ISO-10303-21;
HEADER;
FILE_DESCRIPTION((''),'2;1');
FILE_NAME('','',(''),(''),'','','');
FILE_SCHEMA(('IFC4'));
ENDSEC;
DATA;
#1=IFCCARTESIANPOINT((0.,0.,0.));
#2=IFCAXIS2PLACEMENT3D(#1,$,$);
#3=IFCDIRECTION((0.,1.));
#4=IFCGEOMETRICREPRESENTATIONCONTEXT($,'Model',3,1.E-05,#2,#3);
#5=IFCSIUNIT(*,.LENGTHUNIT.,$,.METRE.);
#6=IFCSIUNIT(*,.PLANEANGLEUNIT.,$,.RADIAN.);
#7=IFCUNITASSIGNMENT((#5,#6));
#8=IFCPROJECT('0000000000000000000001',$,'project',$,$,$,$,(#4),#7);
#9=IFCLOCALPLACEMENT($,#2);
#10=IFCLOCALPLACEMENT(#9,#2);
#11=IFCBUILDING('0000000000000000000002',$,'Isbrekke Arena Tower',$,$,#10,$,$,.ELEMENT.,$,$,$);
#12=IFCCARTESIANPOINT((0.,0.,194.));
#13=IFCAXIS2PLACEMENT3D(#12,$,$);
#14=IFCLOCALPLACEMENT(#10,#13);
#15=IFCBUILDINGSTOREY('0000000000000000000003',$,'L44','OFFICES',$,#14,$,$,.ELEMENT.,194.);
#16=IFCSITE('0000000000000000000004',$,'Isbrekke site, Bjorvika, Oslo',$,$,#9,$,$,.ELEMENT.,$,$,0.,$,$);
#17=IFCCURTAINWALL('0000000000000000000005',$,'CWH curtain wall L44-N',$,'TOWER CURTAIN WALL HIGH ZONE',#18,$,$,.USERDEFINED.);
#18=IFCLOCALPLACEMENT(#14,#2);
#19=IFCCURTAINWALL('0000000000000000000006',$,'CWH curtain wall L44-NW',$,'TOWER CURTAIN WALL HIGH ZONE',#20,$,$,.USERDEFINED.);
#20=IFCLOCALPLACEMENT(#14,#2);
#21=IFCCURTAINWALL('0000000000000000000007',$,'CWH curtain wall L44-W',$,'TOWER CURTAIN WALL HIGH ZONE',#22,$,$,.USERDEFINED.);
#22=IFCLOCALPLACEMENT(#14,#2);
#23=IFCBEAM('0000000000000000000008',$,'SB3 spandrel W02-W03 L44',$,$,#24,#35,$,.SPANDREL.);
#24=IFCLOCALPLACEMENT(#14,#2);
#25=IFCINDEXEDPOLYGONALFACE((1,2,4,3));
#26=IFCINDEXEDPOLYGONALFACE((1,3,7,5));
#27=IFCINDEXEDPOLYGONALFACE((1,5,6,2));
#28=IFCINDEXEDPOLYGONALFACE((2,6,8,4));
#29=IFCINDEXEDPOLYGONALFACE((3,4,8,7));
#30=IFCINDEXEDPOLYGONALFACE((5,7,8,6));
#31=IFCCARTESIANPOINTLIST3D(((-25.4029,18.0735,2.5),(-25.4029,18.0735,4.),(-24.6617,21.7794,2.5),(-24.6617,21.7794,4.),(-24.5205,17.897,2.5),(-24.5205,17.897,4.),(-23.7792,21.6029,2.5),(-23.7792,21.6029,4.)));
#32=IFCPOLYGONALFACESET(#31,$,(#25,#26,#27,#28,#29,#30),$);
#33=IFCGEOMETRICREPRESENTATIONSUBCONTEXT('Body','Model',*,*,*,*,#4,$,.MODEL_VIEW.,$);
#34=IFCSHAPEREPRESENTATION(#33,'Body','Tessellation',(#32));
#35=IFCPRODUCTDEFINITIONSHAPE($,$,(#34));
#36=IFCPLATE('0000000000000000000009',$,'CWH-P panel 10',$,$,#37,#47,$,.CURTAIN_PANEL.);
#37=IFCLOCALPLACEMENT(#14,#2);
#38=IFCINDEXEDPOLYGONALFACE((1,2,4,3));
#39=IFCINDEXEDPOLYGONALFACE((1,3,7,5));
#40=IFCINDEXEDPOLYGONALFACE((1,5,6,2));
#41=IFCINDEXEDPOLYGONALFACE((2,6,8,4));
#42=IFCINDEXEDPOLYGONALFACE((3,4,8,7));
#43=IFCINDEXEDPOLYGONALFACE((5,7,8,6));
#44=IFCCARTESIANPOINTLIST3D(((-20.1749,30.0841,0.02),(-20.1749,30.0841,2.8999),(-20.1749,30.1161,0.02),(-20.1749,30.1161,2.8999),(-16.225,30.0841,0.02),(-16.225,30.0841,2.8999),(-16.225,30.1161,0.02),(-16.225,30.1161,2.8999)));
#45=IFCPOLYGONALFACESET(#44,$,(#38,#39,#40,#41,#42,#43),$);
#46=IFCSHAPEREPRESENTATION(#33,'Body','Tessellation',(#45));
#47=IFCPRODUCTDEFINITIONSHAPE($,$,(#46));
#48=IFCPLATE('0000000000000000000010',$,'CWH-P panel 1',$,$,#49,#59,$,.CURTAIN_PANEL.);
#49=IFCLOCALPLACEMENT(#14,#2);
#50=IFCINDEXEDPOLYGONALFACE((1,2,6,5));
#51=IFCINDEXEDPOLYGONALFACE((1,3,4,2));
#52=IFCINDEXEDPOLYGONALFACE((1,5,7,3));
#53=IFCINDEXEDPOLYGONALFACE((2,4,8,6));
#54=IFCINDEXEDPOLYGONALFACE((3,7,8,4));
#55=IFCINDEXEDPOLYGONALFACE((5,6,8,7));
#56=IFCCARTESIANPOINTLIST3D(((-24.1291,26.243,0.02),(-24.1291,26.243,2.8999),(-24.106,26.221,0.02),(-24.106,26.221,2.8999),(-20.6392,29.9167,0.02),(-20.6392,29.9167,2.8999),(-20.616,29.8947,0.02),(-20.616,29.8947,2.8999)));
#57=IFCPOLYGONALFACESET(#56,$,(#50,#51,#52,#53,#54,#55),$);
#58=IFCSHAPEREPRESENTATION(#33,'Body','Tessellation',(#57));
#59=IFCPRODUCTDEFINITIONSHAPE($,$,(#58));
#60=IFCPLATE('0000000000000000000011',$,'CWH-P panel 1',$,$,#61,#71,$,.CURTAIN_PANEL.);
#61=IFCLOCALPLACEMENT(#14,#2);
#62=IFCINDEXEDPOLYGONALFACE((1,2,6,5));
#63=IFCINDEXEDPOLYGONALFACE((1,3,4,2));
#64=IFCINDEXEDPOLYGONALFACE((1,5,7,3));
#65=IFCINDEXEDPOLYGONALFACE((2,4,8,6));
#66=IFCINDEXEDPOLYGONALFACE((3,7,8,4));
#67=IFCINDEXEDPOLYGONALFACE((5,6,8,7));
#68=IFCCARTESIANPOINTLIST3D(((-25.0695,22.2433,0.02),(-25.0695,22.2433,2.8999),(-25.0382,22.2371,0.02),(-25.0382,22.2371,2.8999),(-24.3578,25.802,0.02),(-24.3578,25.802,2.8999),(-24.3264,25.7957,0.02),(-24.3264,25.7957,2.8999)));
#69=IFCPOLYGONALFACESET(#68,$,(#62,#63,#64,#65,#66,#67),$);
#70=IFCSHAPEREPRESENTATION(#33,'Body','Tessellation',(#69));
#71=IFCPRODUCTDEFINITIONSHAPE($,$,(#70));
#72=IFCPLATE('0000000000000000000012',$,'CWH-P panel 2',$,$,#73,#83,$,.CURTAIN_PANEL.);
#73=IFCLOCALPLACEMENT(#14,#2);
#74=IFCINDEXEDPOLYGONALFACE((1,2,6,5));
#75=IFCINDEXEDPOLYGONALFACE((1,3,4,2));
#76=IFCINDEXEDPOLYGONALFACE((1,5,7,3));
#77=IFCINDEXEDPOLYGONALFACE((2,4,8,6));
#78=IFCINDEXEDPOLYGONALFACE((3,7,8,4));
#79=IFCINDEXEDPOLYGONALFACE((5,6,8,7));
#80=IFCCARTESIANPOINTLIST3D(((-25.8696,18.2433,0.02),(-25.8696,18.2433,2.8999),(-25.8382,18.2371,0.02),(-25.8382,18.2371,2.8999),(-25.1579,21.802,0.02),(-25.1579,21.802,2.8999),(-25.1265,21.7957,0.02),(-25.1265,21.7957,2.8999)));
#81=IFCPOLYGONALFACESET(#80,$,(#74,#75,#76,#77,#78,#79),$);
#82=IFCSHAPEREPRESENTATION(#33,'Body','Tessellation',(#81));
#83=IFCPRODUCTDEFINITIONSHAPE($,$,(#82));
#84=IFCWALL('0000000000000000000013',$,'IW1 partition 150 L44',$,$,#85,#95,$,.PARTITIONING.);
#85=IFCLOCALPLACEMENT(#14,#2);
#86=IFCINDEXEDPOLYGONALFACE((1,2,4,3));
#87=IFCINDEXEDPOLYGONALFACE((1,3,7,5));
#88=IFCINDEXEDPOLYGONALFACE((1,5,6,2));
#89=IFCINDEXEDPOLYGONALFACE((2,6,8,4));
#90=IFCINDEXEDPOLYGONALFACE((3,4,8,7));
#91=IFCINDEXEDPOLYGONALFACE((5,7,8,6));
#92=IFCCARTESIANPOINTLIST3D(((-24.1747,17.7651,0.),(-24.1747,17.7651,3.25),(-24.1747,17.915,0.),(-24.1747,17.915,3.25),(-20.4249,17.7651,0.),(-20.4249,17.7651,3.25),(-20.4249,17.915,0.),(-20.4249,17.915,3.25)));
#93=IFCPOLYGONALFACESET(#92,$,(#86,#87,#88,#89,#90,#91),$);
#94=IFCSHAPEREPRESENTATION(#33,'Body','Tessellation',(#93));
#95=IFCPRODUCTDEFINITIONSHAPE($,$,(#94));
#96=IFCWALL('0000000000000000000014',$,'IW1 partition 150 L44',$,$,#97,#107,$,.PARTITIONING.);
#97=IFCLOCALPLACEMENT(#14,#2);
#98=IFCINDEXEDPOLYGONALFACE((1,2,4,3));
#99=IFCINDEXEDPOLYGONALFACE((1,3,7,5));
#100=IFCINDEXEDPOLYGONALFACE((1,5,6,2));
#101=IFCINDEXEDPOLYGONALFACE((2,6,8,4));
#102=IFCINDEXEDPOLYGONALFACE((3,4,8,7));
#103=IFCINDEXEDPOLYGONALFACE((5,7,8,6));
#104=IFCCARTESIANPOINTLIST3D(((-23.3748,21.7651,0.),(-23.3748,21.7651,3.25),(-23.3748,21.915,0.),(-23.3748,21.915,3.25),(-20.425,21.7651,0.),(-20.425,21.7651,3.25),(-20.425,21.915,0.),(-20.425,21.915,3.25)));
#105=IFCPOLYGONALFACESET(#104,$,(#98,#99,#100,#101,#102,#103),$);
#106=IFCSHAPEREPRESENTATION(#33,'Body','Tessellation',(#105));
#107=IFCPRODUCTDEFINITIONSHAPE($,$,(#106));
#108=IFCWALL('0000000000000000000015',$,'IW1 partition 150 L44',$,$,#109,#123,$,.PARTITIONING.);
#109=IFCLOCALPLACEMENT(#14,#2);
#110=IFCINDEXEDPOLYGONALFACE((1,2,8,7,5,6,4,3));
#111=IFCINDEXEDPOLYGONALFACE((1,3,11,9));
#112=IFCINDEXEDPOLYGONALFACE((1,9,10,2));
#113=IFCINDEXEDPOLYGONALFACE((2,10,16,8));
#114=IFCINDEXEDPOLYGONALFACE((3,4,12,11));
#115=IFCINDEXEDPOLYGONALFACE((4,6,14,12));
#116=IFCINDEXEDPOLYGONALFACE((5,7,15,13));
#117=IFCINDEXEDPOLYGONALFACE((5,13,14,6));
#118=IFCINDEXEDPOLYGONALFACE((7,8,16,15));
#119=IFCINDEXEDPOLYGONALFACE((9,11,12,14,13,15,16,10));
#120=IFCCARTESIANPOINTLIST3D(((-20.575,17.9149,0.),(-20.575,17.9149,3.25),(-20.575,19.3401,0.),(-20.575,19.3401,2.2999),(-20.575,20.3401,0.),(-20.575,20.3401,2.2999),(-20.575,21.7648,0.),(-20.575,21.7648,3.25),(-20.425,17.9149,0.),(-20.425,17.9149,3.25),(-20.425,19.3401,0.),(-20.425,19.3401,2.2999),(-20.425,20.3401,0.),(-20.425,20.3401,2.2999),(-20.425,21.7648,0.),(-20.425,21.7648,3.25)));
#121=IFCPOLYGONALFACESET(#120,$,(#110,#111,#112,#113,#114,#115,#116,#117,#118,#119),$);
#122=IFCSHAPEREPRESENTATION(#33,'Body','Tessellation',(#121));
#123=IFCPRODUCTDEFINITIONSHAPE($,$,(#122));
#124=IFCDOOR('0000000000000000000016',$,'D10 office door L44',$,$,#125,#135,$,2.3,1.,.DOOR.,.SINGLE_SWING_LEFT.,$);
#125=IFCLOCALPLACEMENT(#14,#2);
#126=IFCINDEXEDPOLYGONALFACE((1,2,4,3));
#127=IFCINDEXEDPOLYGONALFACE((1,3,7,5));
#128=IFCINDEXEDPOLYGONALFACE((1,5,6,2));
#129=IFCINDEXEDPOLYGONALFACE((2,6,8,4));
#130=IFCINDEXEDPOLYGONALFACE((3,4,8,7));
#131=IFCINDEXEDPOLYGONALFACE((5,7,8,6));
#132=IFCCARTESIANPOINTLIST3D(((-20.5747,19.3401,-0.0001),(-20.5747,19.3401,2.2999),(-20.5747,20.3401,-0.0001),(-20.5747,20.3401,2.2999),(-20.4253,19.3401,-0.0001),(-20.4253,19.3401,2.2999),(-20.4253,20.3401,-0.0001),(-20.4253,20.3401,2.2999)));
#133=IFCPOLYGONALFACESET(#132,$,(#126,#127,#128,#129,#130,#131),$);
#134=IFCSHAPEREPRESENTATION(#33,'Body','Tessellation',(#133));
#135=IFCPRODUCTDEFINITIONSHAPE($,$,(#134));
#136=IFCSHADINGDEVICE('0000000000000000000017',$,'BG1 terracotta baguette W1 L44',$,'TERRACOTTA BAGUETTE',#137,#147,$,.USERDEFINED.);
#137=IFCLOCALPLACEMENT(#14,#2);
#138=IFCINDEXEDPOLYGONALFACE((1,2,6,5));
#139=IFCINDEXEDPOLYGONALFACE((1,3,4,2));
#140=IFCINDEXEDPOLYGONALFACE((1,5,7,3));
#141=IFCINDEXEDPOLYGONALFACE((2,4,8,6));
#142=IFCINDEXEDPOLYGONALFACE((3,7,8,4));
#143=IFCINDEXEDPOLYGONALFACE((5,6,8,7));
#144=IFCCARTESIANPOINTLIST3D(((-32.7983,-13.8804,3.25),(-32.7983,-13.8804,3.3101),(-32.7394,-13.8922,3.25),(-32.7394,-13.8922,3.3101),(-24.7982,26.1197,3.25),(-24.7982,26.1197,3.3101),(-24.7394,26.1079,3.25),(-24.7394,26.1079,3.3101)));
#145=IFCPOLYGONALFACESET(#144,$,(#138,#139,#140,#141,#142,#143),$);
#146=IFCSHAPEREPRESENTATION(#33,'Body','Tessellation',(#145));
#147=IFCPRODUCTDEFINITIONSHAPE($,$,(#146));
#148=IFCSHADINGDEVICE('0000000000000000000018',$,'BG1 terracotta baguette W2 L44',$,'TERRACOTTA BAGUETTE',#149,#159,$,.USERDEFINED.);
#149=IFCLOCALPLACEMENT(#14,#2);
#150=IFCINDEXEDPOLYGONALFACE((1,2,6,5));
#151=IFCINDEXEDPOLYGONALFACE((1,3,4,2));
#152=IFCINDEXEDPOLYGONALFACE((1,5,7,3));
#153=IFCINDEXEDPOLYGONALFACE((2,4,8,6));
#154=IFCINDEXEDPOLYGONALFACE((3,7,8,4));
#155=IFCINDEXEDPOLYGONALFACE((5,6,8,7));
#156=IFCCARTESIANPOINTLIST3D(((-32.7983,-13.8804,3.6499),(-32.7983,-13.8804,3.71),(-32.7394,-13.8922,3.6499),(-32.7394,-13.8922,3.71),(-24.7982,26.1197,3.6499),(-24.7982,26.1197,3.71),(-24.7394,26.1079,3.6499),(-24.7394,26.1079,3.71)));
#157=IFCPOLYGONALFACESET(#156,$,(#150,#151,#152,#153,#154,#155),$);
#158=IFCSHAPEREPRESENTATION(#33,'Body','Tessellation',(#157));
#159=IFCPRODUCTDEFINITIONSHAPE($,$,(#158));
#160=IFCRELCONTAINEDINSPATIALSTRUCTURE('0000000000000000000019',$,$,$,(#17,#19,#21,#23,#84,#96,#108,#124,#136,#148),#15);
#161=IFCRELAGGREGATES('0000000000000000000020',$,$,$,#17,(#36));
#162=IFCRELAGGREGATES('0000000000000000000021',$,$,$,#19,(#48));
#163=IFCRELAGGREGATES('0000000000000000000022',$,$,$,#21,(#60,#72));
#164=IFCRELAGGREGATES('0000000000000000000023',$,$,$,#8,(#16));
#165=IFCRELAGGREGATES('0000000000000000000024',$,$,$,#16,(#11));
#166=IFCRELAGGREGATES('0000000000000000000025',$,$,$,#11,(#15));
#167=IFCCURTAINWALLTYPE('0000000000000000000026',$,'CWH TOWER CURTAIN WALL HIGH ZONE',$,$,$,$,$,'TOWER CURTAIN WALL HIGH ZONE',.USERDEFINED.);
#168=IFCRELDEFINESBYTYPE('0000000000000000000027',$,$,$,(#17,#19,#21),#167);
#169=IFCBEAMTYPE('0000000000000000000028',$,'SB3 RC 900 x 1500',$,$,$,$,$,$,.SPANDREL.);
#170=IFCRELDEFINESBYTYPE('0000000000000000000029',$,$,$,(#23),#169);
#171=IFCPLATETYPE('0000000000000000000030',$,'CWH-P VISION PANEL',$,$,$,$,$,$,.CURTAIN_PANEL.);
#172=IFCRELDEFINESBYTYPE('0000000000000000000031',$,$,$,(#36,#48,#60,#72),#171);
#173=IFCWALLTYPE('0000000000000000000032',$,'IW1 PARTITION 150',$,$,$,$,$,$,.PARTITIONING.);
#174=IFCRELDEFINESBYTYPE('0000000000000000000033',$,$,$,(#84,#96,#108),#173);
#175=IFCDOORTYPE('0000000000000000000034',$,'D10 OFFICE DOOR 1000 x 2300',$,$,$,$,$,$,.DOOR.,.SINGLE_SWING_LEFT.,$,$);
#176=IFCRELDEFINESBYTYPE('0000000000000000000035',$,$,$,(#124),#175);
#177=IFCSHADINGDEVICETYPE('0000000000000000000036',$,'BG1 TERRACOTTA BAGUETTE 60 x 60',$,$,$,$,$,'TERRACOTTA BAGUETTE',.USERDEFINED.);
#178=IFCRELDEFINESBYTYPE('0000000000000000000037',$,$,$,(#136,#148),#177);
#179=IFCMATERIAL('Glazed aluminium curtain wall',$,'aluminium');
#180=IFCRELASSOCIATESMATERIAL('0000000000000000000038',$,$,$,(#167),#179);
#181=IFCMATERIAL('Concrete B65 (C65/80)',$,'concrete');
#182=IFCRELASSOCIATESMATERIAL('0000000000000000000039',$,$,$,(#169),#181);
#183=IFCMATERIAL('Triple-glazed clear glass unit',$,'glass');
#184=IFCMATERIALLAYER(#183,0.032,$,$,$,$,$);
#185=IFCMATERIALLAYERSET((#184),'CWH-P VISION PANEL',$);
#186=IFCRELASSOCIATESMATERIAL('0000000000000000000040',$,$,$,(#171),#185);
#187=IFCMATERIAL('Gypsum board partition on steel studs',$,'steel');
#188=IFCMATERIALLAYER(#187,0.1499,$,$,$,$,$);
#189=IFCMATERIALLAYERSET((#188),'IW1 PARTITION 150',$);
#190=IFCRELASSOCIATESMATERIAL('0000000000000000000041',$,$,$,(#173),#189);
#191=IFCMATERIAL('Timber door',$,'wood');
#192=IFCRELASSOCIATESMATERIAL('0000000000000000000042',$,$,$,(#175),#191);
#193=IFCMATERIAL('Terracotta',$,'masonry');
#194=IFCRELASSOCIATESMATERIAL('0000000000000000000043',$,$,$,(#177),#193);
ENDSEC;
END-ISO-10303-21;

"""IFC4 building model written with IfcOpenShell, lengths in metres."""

from ifc_helpers import new_model, si_unit, direction, frame, frame_2d, origin, origin_2d, place, context, subcontext, project, spatial, rectangle, extrude, material, layer, layer_set, material_profile, profile_set, type_object, element, fill, aggregate, save


model = new_model("IFC4")

# Units and contexts
model_context = context("Model", 3, precision=1e-05, world=origin(), true_north=direction((0.0, 1.0)))
body_context = subcontext(model_context, "Body", "Model", "MODEL_VIEW")
ifc_project = project(units=[si_unit("LENGTHUNIT", "METRE"), si_unit("PLANEANGLEUNIT", "RADIAN")], contexts=[model_context])

# Site, building, storey
site_placement = place(None, origin())
site = spatial("IfcSite", under=ifc_project, at=site_placement, Name="Isbrekke site, Bjorvika, Oslo", CompositionType="ELEMENT", RefElevation=0.0)
building_placement = place(site_placement, origin())
building = spatial("IfcBuilding", under=site, at=building_placement, Name="Isbrekke Arena Tower", CompositionType="ELEMENT")
storey_placement = place(building_placement, frame((0.0, 0.0, 194.0)))
storey = spatial("IfcBuildingStorey", under=building, at=storey_placement, Name="L44", Description="OFFICES", CompositionType="ELEMENT", Elevation=194.0)

# Curtain walls
ifc_material_1 = material(Name="Glazed aluminium curtain wall", Category="aluminium")
curtain_wall_type = type_object("IfcCurtainWallType", Name="CWH TOWER CURTAIN WALL HIGH ZONE", ElementType="TOWER CURTAIN WALL HIGH ZONE", PredefinedType="USERDEFINED", material=ifc_material_1)
curtain_wall_1_placement = place(storey_placement, origin())
curtain_wall_1 = element("IfcCurtainWall", 1, at=curtain_wall_1_placement, inside=storey, type_object=curtain_wall_type, Name="CWH curtain wall L44-N", ObjectType="TOWER CURTAIN WALL HIGH ZONE", PredefinedType="USERDEFINED")
curtain_wall_2_placement = place(storey_placement, origin())
curtain_wall_2 = element("IfcCurtainWall", 2, at=curtain_wall_2_placement, inside=storey, type_object=curtain_wall_type, Name="CWH curtain wall L44-NW", ObjectType="TOWER CURTAIN WALL HIGH ZONE", PredefinedType="USERDEFINED")

# Curtain wall
curtain_wall_3_placement = place(storey_placement, origin())
curtain_wall_3 = element("IfcCurtainWall", 3, at=curtain_wall_3_placement, inside=storey, type_object=curtain_wall_type, Name="CWH curtain wall L44-W", ObjectType="TOWER CURTAIN WALL HIGH ZONE", PredefinedType="USERDEFINED")

# Beam
ifc_material_2 = material(Name="Concrete B65 (C65/80)", Category="concrete")
ifc_material_profile_1 = material_profile(ifc_material_2, rectangle(XDim=0.8999, YDim=1.5, at=origin_2d()), Name="RC 900x1500")
ifc_profile_set_1 = profile_set([ifc_material_profile_1], Name="Concrete B65 (C65/80)")
beam_type_1 = type_object("IfcBeamType", Name="SB3 RC 900 x 1500", PredefinedType="SPANDREL", material=ifc_profile_set_1)
beam_1_placement = place(storey_placement, frame((-24.2205, 21.6912, 3.25), z_axis=(-0.196129, -0.980578, 0.0), x_axis=(0.980578, -0.196129, 0.0)))
element("IfcBeam", 4, at=beam_1_placement, inside=storey, type_object=beam_type_1, Name="SB3 spandrel W02-W03 L44", PredefinedType="SPANDREL", context=body_context, shape_type="SweptSolid", body=[
    extrude(rectangle(XDim=0.8999, YDim=1.5, at=origin_2d()), origin(), (0.0, 0.0, 1.0), 3.7793),
])

# Plates
ifc_material_3 = material(Name="Triple-glazed clear glass unit", Category="glass")
ifc_layer_1 = layer(ifc_material_3, 0.032)
ifc_layer_set_1 = layer_set([ifc_layer_1], Name="CWH-P VISION PANEL")
plate_type = type_object("IfcPlateType", Name="CWH-P VISION PANEL", PredefinedType="CURTAIN_PANEL", material=ifc_layer_set_1)
plate_1_placement = place(storey_placement, frame((-18.2, 30.1001, 0.02), z_axis=(0.0, 0.0, 1.0), x_axis=(-1.0, 0.0, 0.0)))
plate_1 = element("IfcPlate", 5, at=plate_1_placement, type_object=plate_type, Name="CWH-P panel 10", PredefinedType="CURTAIN_PANEL", context=body_context, shape_type="SweptSolid", body=[
    extrude(rectangle(XDim=3.95, YDim=0.032, at=origin_2d()), origin(), (0.0, 0.0, 1.0), 2.8799),
])
aggregate(curtain_wall_1, [plate_1])
plate_2_placement = place(storey_placement, frame((-22.3726, 28.0688, 0.02), z_axis=(0.0, 0.0, 1.0), x_axis=(-0.688749, -0.724999, 0.0)))
plate_2 = element("IfcPlate", 6, at=plate_2_placement, type_object=plate_type, Name="CWH-P panel 1", PredefinedType="CURTAIN_PANEL", context=body_context, shape_type="SweptSolid", body=[
    extrude(rectangle(XDim=5.0671, YDim=0.032, at=origin_2d()), origin(), (0.0, 0.0, 1.0), 2.8799),
])
aggregate(curtain_wall_2, [plate_2])
plate_3_placement = place(storey_placement, frame((-24.698, 24.0195, 0.02), z_axis=(0.0, 0.0, 1.0), x_axis=(-0.196116, -0.980581, 0.0)))
plate_3 = element("IfcPlate", 7, at=plate_3_placement, type_object=plate_type, Name="CWH-P panel 1", PredefinedType="CURTAIN_PANEL", context=body_context, shape_type="SweptSolid", body=[
    extrude(rectangle(XDim=3.6292, YDim=0.032, at=origin_2d()), origin(), (0.0, 0.0, 1.0), 2.8799),
])
plate_4_placement = place(storey_placement, frame((-25.498, 20.0195, 0.02), z_axis=(0.0, 0.0, 1.0), x_axis=(-0.196116, -0.980581, 0.0)))
plate_4 = element("IfcPlate", 8, at=plate_4_placement, type_object=plate_type, Name="CWH-P panel 2", PredefinedType="CURTAIN_PANEL", context=body_context, shape_type="SweptSolid", body=[
    extrude(rectangle(XDim=3.6292, YDim=0.032, at=origin_2d()), origin(), (0.0, 0.0, 1.0), 2.8799),
])
aggregate(curtain_wall_3, [plate_3, plate_4])

# Walls
ifc_material_4 = material(Name="Gypsum board partition on steel studs", Category="steel")
ifc_layer_2 = layer(ifc_material_4, 0.1499)
ifc_layer_set_2 = layer_set([ifc_layer_2], Name="IW1 PARTITION 150")
wall_type = type_object("IfcWallType", Name="IW1 PARTITION 150", PredefinedType="PARTITIONING", material=ifc_layer_set_2)
wall_1_placement = place(storey_placement, frame((-24.1748, 17.8401, 0.0), z_axis=(0.0, 0.0, 1.0), x_axis=(1.0, 0.0, 0.0)))
element("IfcWall", 9, at=wall_1_placement, inside=storey, type_object=wall_type, Name="IW1 partition 150 L44", PredefinedType="PARTITIONING", context=body_context, shape_type="SweptSolid", body=[
    extrude(rectangle(XDim=3.7498, YDim=0.1499, at=frame_2d((1.875, 0.0))), origin(), (0.0, 0.0, 1.0), 3.25),
])
wall_2_placement = place(storey_placement, frame((-23.3748, 21.8401, 0.0), z_axis=(0.0, 0.0, 1.0), x_axis=(1.0, 0.0, 0.0)))
element("IfcWall", 10, at=wall_2_placement, inside=storey, type_object=wall_type, Name="IW1 partition 150 L44", PredefinedType="PARTITIONING", context=body_context, shape_type="SweptSolid", body=[
    extrude(rectangle(XDim=2.9497, YDim=0.1499, at=frame_2d((1.4749, 0.0))), origin(), (0.0, 0.0, 1.0), 3.25),
])

# Wall, opening, door
wall_3_placement = place(storey_placement, frame((-20.5, 17.915, 0.0), z_axis=(0.0, 0.0, 1.0), x_axis=(0.0, 1.0, 0.0)))
wall_3 = element("IfcWall", 11, at=wall_3_placement, inside=storey, type_object=wall_type, Name="IW1 partition 150 L44", PredefinedType="PARTITIONING", context=body_context, shape_type="SweptSolid", body=[
    extrude(rectangle(XDim=3.8499, YDim=0.1499, at=frame_2d((1.9248, 0.0))), origin(), (0.0, 0.0, 1.0), 3.25),
])
opening_placement = place(wall_3_placement, frame((1.425, 0.0, 0.0)))
opening = element("IfcOpeningElement", 12, at=opening_placement, cuts=wall_3, PredefinedType="OPENING", context=body_context, shape_type="SweptSolid", body=[
    extrude(rectangle(XDim=1.0, YDim=2.3, at=frame_2d((0.5, 1.1499))), frame((0.0, 0.0898, 0.0), z_axis=(0.0, -1.0, 0.0), x_axis=(1.0, 0.0, 0.0)), (0.0, 0.0, 1.0), 0.1797),
])
ifc_material_5 = material(Name="Timber door", Category="wood")
door_type = type_object("IfcDoorType", Name="D10 OFFICE DOOR 1000 x 2300", OperationType="SINGLE_SWING_LEFT", PredefinedType="DOOR", material=ifc_material_5)
door_placement = place(opening_placement, origin())
door = element("IfcDoor", 13, at=door_placement, inside=storey, type_object=door_type, Name="D10 office door L44", OperationType="SINGLE_SWING_LEFT", OverallHeight=2.3, OverallWidth=1.0, PredefinedType="DOOR", context=body_context, shape_type="SweptSolid", body=[
    extrude(rectangle(XDim=1.0, YDim=2.3, at=frame_2d((0.5, 1.1499))), frame((0.0, 0.0747, 0.0), z_axis=(0.0, -1.0, 0.0), x_axis=(1.0, 0.0, 0.0)), (0.0, 0.0, 1.0), 0.1494),
])
fill(opening, door)

# Shading devices
ifc_material_6 = material(Name="Terracotta", Category="masonry")
ifc_material_profile_2 = material_profile(ifc_material_6, rectangle(XDim=0.0601, YDim=0.0601, at=origin_2d()), Name="BAGUETTE 60X60")
ifc_profile_set_2 = profile_set([ifc_material_profile_2], Name="Terracotta")
shading_device_type = type_object("IfcShadingDeviceType", Name="BG1 TERRACOTTA BAGUETTE 60 x 60", ElementType="TERRACOTTA BAGUETTE", PredefinedType="USERDEFINED", material=ifc_profile_set_2)
for number, where, z_axis, x_axis, name in (
    (14, (-24.7688, 26.1138, 3.28), (-0.196116, -0.980581, 0.0), (0.980581, -0.196116, 0.0), "BG1 terracotta baguette W1 L44"),
    (15, (-24.7688, 26.1138, 3.6799), (-0.196116, -0.980581, 0.0), (0.980581, -0.196116, 0.0), "BG1 terracotta baguette W2 L44"),
):
    element("IfcShadingDevice", number, at=place(storey_placement, frame(where, z_axis=z_axis, x_axis=x_axis)), inside=storey, type_object=shading_device_type, Name=name, ObjectType="TERRACOTTA BAGUETTE", PredefinedType="USERDEFINED", context=body_context, shape_type="SweptSolid", body=[
        extrude(rectangle(XDim=0.0601, YDim=0.0601, at=origin_2d()), origin(), (0.0, 0.0, 1.0), 40.7922),
    ])

save(model, "model.ifc")
